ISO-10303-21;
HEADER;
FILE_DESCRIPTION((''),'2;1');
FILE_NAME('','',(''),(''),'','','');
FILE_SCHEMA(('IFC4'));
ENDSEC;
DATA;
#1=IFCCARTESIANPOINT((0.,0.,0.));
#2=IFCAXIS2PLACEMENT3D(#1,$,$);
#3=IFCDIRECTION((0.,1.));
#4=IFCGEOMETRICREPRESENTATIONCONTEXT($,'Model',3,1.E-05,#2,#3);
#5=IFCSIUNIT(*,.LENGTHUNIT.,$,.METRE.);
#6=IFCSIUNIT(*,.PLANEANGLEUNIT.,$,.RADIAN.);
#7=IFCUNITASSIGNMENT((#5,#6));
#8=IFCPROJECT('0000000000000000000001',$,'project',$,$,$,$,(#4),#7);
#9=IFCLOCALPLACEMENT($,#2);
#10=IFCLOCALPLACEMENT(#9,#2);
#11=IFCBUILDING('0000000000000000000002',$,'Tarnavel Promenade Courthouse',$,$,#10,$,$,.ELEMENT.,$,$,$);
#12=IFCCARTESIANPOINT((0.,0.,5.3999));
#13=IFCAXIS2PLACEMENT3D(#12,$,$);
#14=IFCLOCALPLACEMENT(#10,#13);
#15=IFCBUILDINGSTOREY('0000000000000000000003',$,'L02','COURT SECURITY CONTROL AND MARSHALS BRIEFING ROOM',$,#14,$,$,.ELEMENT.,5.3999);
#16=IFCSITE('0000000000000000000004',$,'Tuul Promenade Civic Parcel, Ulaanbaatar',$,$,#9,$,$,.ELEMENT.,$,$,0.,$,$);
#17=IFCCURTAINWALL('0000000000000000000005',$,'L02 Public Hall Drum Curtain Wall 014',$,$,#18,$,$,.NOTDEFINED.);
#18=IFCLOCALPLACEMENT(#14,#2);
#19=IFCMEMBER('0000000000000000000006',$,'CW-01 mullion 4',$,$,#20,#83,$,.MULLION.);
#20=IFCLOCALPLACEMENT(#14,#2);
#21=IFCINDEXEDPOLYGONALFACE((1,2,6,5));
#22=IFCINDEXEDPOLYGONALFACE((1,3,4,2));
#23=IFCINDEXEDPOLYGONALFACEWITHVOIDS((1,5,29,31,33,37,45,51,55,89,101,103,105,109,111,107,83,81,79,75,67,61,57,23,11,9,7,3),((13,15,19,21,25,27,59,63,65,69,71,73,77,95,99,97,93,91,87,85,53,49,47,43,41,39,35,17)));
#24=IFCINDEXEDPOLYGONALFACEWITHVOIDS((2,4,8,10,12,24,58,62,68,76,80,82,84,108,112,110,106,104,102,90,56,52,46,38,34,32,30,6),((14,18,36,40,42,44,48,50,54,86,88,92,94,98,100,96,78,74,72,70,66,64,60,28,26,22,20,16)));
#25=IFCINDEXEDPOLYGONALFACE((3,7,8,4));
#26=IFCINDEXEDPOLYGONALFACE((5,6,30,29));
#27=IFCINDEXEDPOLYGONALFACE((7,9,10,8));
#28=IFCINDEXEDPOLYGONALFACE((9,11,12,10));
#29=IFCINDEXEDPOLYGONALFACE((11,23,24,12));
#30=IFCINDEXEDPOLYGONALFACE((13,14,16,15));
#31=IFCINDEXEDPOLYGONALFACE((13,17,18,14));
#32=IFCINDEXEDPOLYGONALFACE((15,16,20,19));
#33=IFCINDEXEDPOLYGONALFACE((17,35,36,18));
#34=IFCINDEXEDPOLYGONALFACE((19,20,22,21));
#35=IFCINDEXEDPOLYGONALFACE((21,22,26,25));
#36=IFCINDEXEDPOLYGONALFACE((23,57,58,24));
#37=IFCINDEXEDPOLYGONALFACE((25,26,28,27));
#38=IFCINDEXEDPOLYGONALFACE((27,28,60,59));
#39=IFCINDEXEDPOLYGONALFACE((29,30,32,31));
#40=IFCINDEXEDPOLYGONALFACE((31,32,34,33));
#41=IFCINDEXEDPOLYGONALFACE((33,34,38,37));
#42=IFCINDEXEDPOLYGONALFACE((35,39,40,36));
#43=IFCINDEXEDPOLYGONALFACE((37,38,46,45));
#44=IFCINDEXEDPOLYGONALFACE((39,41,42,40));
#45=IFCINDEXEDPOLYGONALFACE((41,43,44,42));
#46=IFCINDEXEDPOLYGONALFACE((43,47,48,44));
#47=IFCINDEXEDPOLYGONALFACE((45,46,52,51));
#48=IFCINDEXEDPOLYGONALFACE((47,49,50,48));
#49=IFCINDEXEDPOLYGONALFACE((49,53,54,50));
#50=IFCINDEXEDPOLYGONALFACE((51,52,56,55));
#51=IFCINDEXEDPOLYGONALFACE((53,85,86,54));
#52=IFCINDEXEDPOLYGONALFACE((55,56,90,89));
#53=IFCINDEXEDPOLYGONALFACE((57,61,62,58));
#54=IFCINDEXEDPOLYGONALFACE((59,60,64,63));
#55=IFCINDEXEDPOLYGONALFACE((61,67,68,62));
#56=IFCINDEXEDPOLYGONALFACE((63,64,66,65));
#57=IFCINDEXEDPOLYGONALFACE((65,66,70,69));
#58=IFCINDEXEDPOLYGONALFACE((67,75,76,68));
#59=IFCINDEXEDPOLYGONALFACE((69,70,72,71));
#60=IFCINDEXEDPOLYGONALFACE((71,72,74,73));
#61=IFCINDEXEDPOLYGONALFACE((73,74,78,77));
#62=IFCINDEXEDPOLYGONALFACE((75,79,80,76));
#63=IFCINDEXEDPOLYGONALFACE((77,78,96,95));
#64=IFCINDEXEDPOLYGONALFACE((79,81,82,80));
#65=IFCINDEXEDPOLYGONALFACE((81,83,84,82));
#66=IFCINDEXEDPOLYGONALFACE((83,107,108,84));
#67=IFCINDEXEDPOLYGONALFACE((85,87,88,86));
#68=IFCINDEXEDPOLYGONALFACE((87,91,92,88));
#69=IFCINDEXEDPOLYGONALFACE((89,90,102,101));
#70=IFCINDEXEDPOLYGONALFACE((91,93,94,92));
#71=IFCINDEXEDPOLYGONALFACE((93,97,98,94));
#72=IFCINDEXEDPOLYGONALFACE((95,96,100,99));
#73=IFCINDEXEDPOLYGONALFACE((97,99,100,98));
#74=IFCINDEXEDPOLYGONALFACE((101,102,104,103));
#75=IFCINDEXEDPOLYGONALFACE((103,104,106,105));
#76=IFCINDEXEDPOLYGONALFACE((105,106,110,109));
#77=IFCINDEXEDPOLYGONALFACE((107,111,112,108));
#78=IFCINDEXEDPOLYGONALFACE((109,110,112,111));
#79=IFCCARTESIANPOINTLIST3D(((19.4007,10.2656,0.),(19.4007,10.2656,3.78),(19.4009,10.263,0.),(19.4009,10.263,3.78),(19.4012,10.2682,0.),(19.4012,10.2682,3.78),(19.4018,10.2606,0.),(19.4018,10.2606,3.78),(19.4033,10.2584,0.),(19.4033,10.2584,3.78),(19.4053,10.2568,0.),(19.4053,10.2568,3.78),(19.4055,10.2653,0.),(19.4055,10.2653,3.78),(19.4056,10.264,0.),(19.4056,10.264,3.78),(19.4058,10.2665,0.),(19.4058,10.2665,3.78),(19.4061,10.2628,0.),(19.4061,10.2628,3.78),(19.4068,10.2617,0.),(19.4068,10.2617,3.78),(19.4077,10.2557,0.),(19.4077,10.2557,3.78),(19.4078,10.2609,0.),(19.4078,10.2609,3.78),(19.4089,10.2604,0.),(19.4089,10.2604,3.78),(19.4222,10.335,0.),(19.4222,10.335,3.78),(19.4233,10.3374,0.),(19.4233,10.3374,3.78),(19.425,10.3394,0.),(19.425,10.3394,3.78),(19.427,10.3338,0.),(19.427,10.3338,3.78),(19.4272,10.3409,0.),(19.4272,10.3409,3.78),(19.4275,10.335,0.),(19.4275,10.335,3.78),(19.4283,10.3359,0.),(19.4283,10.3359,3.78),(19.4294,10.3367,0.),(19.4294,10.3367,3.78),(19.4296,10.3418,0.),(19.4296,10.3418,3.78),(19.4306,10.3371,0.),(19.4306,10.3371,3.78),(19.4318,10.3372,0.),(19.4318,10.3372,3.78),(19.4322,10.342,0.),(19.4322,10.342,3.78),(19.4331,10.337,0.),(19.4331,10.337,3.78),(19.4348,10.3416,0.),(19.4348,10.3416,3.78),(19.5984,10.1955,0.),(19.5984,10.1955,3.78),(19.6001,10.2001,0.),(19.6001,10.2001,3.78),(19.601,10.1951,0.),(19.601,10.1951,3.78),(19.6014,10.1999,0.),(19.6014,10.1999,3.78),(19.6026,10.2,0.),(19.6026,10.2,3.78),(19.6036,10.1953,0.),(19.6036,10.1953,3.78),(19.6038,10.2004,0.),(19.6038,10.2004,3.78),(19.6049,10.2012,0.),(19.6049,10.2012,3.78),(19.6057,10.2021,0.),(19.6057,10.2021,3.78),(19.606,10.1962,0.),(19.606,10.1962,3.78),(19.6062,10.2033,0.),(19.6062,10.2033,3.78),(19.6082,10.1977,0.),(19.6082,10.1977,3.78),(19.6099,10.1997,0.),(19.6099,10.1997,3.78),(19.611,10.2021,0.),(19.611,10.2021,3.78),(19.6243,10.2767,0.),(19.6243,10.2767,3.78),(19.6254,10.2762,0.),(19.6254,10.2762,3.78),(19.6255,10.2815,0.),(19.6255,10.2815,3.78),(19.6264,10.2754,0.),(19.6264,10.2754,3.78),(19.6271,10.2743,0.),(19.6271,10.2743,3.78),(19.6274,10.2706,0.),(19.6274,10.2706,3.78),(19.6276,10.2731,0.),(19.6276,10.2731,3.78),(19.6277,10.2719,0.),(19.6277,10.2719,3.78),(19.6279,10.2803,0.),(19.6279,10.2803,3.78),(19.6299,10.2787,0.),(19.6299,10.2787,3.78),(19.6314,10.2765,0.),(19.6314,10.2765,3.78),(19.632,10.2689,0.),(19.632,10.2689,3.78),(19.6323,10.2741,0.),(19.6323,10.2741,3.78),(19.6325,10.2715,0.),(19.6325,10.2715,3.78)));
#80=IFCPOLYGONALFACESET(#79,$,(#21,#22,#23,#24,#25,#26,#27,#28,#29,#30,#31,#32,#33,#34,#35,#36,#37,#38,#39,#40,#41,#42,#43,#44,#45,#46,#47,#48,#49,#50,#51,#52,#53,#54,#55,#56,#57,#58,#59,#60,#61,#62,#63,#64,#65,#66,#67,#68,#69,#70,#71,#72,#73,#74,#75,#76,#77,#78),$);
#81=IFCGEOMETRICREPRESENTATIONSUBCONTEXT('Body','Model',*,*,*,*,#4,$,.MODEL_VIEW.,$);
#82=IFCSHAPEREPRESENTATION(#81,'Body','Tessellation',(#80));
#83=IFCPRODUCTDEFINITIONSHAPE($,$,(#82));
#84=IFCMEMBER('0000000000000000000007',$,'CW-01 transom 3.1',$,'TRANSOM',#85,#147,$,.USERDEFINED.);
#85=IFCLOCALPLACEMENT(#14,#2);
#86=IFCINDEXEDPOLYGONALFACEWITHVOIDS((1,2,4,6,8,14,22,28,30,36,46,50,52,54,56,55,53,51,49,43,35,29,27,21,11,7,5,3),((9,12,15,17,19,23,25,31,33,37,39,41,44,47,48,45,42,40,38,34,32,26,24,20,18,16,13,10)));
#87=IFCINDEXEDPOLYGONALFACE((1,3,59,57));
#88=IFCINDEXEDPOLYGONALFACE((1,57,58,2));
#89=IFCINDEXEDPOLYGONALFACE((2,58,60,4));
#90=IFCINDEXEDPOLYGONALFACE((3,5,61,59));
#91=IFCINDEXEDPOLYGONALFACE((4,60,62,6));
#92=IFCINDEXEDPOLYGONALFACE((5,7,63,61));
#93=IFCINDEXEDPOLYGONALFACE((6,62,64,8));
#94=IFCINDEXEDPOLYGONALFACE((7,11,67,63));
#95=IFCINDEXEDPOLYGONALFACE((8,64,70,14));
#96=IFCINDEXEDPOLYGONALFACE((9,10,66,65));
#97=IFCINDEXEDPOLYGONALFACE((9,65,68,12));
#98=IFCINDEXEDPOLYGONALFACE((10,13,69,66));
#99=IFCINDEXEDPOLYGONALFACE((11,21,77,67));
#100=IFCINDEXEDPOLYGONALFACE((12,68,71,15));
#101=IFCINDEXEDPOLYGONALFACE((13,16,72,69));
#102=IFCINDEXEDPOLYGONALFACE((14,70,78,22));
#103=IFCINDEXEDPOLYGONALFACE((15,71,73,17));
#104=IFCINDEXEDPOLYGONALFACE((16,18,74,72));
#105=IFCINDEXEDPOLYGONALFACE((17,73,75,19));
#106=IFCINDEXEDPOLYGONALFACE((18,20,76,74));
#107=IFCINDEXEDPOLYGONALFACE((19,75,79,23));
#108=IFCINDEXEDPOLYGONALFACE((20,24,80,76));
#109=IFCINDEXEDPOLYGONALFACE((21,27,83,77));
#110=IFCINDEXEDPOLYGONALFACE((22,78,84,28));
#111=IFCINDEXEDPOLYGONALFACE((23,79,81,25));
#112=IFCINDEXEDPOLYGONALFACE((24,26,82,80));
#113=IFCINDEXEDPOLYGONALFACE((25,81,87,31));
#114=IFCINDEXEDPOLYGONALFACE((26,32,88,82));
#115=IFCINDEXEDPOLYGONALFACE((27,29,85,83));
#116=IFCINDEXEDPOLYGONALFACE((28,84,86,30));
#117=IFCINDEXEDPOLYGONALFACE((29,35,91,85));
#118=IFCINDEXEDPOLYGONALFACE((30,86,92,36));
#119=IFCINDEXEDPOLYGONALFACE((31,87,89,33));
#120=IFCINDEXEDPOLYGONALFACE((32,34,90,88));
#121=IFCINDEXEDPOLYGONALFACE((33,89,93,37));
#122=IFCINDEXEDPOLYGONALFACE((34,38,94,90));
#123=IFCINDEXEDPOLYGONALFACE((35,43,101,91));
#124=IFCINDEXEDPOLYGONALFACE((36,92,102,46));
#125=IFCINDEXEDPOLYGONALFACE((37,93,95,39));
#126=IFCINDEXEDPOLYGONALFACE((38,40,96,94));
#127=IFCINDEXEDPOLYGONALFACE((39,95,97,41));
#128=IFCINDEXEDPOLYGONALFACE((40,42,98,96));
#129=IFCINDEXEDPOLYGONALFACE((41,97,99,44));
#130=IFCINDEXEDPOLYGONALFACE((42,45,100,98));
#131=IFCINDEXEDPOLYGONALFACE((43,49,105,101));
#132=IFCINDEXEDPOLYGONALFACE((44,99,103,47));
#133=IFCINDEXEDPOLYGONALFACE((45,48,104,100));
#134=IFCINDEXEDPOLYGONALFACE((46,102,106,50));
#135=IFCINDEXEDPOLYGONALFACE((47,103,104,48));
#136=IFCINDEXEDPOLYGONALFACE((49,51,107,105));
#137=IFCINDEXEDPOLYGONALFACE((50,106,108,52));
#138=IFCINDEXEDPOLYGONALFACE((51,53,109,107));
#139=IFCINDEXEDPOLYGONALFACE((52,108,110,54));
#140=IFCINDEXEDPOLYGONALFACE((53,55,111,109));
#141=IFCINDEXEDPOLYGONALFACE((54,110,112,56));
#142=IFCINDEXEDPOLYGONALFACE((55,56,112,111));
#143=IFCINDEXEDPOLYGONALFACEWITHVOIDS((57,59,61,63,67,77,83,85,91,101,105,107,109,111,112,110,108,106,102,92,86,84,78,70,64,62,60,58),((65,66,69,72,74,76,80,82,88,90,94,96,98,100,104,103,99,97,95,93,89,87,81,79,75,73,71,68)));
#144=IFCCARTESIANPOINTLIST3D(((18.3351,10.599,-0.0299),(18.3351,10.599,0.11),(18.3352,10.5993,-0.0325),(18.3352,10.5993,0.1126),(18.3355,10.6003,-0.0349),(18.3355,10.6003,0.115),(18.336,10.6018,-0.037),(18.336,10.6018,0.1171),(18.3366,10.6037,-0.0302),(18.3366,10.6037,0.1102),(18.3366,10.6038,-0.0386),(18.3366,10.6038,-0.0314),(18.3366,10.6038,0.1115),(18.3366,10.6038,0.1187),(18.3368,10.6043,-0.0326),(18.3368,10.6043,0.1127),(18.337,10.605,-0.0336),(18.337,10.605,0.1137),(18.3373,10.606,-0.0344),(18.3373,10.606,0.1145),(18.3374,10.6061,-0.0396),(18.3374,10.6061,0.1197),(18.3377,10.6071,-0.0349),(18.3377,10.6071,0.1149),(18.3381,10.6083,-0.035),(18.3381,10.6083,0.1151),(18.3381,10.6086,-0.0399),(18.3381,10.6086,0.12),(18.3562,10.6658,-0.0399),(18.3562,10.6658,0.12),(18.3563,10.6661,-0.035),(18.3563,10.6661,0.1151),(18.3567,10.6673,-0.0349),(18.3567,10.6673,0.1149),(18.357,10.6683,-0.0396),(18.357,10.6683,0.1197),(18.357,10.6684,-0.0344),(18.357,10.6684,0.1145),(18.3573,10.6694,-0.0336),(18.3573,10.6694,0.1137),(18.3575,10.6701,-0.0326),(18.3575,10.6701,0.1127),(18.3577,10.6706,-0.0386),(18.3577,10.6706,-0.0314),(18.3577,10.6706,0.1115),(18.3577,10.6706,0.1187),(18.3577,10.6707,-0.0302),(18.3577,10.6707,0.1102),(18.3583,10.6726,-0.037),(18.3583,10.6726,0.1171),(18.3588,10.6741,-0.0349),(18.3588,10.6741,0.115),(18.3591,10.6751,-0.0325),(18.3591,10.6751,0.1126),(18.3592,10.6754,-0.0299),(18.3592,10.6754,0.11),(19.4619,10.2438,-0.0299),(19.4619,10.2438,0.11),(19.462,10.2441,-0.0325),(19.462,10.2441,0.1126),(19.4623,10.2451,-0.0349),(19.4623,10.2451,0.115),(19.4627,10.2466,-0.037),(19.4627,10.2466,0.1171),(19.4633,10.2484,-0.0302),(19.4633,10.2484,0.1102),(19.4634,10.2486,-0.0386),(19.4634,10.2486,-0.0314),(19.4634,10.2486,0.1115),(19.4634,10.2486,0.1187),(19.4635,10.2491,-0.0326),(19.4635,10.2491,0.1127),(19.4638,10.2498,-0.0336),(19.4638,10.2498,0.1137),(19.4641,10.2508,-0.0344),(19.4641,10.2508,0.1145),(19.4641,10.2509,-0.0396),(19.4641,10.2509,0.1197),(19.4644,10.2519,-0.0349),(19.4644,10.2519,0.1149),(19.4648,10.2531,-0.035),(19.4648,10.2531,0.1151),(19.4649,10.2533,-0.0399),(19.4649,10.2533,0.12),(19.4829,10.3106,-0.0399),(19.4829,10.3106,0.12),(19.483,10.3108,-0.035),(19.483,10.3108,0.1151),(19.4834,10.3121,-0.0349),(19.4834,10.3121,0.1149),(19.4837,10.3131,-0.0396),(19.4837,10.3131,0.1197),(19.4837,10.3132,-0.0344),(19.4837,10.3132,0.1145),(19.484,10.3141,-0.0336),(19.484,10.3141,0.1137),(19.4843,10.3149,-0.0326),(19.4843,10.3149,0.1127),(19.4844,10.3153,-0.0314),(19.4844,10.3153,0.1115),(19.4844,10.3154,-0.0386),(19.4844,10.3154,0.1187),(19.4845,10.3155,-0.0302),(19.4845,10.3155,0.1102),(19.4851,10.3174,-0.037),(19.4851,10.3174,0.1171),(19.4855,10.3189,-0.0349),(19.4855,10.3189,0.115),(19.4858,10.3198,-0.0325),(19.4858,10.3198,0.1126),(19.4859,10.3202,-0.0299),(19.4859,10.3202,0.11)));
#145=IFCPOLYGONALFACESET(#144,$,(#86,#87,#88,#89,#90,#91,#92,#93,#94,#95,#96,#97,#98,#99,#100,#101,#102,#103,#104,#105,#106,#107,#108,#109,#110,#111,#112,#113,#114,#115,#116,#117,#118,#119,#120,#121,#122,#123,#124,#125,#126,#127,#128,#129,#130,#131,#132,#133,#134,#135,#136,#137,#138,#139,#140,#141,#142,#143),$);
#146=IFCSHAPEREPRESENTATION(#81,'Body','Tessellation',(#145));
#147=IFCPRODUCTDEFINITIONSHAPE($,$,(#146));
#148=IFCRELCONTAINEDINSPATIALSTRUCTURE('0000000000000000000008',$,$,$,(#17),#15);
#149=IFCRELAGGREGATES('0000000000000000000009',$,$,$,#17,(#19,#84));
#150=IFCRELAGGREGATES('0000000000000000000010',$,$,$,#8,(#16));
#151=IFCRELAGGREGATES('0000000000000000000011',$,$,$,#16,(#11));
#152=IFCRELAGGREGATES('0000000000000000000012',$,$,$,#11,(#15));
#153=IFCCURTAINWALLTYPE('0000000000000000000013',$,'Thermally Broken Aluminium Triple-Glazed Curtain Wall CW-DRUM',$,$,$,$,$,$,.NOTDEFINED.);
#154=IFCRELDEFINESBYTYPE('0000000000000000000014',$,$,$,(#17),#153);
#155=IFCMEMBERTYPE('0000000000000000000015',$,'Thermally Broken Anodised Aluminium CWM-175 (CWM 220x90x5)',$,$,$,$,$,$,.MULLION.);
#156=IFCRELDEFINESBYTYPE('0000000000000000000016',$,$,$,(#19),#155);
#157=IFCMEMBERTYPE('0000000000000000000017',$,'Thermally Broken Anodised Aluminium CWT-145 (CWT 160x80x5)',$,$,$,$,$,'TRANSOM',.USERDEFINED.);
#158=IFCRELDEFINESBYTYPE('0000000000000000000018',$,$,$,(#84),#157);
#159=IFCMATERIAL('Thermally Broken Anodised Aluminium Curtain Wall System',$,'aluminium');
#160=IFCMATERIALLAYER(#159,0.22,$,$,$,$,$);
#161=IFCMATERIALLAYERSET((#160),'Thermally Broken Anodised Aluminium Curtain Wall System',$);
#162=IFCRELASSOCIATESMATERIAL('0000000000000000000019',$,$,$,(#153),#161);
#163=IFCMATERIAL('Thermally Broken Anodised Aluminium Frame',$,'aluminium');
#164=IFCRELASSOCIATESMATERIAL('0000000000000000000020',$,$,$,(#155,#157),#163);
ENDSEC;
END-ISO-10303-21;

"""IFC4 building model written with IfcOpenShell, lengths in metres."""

from ifc_helpers import new_model, si_unit, direction, frame, origin, origin_2d, place, context, subcontext, project, spatial, hollow_rectangle, extrude, material, layer, layer_set, material_profile, profile_set, type_object, element, aggregate, save


model = new_model("IFC4")

# Units and contexts
model_context = context("Model", 3, precision=1e-05, world=origin(), true_north=direction((0.0, 1.0)))
body_context = subcontext(model_context, "Body", "Model", "MODEL_VIEW")
ifc_project = project(units=[si_unit("LENGTHUNIT", "METRE"), si_unit("PLANEANGLEUNIT", "RADIAN")], contexts=[model_context])

# Site, building, storey
site_placement = place(None, origin())
site = spatial("IfcSite", under=ifc_project, at=site_placement, Name="Tuul Promenade Civic Parcel, Ulaanbaatar", CompositionType="ELEMENT", RefElevation=0.0)
building_placement = place(site_placement, origin())
building = spatial("IfcBuilding", under=site, at=building_placement, Name="Tarnavel Promenade Courthouse", CompositionType="ELEMENT")
storey_placement = place(building_placement, frame((0.0, 0.0, 5.3999)))
storey = spatial("IfcBuildingStorey", under=building, at=storey_placement, Name="L02", Description="COURT SECURITY CONTROL AND MARSHALS BRIEFING ROOM", CompositionType="ELEMENT", Elevation=5.3999)

# Curtain wall, members
ifc_material_1 = material(Name="Thermally Broken Anodised Aluminium Curtain Wall System", Category="aluminium")
ifc_layer_1 = layer(ifc_material_1, 0.22)
ifc_layer_set_1 = layer_set([ifc_layer_1], Name="Thermally Broken Anodised Aluminium Curtain Wall System")
curtain_wall_type = type_object("IfcCurtainWallType", Name="Thermally Broken Aluminium Triple-Glazed Curtain Wall CW-DRUM", PredefinedType="NOTDEFINED", material=ifc_layer_set_1)
curtain_wall_placement = place(storey_placement, origin())
curtain_wall = element("IfcCurtainWall", 1, at=curtain_wall_placement, inside=storey, type_object=curtain_wall_type, Name="L02 Public Hall Drum Curtain Wall 014", PredefinedType="NOTDEFINED")
ifc_material_2 = material(Name="Thermally Broken Anodised Aluminium Frame", Category="aluminium")
ifc_material_profile_1 = material_profile(ifc_material_2, hollow_rectangle(XDim=0.0901, YDim=0.22, WallThickness=0.0049, InnerFilletRadius=0.0049, OuterFilletRadius=0.01, at=origin_2d()), Name="CWM 220x90x5")
ifc_profile_set_1 = profile_set([ifc_material_profile_1], Name="Thermally Broken Anodised Aluminium Frame")
member_type_1 = type_object("IfcMemberType", Name="Thermally Broken Anodised Aluminium CWM-175 (CWM 220x90x5)", PredefinedType="MULLION", material=ifc_profile_set_1)
member_1_placement = place(storey_placement, frame((19.5166, 10.2686, 0.0), z_axis=(0.0, 0.0, 1.0), x_axis=(0.300705, 0.953717, 0.0)))
member_1 = element("IfcMember", 2, at=member_1_placement, type_object=member_type_1, Name="CW-01 mullion 4", PredefinedType="MULLION", context=body_context, shape_type="SweptSolid", body=[
    extrude(hollow_rectangle(XDim=0.0901, YDim=0.22, WallThickness=0.0049, InnerFilletRadius=0.0049, OuterFilletRadius=0.01, at=origin_2d()), origin(), (0.0, 0.0, 1.0), 3.78),
])
ifc_material_profile_2 = material_profile(ifc_material_2, hollow_rectangle(XDim=0.0801, YDim=0.1599, WallThickness=0.0049, InnerFilletRadius=0.0049, OuterFilletRadius=0.01, at=origin_2d()), Name="CWT 160x80x5")
ifc_profile_set_2 = profile_set([ifc_material_profile_2], Name="Thermally Broken Anodised Aluminium Frame")
member_type_2 = type_object("IfcMemberType", Name="Thermally Broken Anodised Aluminium CWT-145 (CWT 160x80x5)", ElementType="TRANSOM", PredefinedType="USERDEFINED", material=ifc_profile_set_2)
member_2_placement = place(storey_placement, frame((18.3472, 10.6372, 0.04), z_axis=(0.953723, -0.300686, 0.0), x_axis=(0.300686, 0.953723, 0.0)))
member_2 = element("IfcMember", 3, at=member_2_placement, type_object=member_type_2, Name="CW-01 transom 3.1", ObjectType="TRANSOM", PredefinedType="USERDEFINED", context=body_context, shape_type="SweptSolid", body=[
    extrude(hollow_rectangle(XDim=0.0801, YDim=0.1599, WallThickness=0.0049, InnerFilletRadius=0.0049, OuterFilletRadius=0.01, at=origin_2d()), origin(), (0.0, 0.0, 1.0), 1.1814),
])
aggregate(curtain_wall, [member_1, member_2])

save(model, "model.ifc")
